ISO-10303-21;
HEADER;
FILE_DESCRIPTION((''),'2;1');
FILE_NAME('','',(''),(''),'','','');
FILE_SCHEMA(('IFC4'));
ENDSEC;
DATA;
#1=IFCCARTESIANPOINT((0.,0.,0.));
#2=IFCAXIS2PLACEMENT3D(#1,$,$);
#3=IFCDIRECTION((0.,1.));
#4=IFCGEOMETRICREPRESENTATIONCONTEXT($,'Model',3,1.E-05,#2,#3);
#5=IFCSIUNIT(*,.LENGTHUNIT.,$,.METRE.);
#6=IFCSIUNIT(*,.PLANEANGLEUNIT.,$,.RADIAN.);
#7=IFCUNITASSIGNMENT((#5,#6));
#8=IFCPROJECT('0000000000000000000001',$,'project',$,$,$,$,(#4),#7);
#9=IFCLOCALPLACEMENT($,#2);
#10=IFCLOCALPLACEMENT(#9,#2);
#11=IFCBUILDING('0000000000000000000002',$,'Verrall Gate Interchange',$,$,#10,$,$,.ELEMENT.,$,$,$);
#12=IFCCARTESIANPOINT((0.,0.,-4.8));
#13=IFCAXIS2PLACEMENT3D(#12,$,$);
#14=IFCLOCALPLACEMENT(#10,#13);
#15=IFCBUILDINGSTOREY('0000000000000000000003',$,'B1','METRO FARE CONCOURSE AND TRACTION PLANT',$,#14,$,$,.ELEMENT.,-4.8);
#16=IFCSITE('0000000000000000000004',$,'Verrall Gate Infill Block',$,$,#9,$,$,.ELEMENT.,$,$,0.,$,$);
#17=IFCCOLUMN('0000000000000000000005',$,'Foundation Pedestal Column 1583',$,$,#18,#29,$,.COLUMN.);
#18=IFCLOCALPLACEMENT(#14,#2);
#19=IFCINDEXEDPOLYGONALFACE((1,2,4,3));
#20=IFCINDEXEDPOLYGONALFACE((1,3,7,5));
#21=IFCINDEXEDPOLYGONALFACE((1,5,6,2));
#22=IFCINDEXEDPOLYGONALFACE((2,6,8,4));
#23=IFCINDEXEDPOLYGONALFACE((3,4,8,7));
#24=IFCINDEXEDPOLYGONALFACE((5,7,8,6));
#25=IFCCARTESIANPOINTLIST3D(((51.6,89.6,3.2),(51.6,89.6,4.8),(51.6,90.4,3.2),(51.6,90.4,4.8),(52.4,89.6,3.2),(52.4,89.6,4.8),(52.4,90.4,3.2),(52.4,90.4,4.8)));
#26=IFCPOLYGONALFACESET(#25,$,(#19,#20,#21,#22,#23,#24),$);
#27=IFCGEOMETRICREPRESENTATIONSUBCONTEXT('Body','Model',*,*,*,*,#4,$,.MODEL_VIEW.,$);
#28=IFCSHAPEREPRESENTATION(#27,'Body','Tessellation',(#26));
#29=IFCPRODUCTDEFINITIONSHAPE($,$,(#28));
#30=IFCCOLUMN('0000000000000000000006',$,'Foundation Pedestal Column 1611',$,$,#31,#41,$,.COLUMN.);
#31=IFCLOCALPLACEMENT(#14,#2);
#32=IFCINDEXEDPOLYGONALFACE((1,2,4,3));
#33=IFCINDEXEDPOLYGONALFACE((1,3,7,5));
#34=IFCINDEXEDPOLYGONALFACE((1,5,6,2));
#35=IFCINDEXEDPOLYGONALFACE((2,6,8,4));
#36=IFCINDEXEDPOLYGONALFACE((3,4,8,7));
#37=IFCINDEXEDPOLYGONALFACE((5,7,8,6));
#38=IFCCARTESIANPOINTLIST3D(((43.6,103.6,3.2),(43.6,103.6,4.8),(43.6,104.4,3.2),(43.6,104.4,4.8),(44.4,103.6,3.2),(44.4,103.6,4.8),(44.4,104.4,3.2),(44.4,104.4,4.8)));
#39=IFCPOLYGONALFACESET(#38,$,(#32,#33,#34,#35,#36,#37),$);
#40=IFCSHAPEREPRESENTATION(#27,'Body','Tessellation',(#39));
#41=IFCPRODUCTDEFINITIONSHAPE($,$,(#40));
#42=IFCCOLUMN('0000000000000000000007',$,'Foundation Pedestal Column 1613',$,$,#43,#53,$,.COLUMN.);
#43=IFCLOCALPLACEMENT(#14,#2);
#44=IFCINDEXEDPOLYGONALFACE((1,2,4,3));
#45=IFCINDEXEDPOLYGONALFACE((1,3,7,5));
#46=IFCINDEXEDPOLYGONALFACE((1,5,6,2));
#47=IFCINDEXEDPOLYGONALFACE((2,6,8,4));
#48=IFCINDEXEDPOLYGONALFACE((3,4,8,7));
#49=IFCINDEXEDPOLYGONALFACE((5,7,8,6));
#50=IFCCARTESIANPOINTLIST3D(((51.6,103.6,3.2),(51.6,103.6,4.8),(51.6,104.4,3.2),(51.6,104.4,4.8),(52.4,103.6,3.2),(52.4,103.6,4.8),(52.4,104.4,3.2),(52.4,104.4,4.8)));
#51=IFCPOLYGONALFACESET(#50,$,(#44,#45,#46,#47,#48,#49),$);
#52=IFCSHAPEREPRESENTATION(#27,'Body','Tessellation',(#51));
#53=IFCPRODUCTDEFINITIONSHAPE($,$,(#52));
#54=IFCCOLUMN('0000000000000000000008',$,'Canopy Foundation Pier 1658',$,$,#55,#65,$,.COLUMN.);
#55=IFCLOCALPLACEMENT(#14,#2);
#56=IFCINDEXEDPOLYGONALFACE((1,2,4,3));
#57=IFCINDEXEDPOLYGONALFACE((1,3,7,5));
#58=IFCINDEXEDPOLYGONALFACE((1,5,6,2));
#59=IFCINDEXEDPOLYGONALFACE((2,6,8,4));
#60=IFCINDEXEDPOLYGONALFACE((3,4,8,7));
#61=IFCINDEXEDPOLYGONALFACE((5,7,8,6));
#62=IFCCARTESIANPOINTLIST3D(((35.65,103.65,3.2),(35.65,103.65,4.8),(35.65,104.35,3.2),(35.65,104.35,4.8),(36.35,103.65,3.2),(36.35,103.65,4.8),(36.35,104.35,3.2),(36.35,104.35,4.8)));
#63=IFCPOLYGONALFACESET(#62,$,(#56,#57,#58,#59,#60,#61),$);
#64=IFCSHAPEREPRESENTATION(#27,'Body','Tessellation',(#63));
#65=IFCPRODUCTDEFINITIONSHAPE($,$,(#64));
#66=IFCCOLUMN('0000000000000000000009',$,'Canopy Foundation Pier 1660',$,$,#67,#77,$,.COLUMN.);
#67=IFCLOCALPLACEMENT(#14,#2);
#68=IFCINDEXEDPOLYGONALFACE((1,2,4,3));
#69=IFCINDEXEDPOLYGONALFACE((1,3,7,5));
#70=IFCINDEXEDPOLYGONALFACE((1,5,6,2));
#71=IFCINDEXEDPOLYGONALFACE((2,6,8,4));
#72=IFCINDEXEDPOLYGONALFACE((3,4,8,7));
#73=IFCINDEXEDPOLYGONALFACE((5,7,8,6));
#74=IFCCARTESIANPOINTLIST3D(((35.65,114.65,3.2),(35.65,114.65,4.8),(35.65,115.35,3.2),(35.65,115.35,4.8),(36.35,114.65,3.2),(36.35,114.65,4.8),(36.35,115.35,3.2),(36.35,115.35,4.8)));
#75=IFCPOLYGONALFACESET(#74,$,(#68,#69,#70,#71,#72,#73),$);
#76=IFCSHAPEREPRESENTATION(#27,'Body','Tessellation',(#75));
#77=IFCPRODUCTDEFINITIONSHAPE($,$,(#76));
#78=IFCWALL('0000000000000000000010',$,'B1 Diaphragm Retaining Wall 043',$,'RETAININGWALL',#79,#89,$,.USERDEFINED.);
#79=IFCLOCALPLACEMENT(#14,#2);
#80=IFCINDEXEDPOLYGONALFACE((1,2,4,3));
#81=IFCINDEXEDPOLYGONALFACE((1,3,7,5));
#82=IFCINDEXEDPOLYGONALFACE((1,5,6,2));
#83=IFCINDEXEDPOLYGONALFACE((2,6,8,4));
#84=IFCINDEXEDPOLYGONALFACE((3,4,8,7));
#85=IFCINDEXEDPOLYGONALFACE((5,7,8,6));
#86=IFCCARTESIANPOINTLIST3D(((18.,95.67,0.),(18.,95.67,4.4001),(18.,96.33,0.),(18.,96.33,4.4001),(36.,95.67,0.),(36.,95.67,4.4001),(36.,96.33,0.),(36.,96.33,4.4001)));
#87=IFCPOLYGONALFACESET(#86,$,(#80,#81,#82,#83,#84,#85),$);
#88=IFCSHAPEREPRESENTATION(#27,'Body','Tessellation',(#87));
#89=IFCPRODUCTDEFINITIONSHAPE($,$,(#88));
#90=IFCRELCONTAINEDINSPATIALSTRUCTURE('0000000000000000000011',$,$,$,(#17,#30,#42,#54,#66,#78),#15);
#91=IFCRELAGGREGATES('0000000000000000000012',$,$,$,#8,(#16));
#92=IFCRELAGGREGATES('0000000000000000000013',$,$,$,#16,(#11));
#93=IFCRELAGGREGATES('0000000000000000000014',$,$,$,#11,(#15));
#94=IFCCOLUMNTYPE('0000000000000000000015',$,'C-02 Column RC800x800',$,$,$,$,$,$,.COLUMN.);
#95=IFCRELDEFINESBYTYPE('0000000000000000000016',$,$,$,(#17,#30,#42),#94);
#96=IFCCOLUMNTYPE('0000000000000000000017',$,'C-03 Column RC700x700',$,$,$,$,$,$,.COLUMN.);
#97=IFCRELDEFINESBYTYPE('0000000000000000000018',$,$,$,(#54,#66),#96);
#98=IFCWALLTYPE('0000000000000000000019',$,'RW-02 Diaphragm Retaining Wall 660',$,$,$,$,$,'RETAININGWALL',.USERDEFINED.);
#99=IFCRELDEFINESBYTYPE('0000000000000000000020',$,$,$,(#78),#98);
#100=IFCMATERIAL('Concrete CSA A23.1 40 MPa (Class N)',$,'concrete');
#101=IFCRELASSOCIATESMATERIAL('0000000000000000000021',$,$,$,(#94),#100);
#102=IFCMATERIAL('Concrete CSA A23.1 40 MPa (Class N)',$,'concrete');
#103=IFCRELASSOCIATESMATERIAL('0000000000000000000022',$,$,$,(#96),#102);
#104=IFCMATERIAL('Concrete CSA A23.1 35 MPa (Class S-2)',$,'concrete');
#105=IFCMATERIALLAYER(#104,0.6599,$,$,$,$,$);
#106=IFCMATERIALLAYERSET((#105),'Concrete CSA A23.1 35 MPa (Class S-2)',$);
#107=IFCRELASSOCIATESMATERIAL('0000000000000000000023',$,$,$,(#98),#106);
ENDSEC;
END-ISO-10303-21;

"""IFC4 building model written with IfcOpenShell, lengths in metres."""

from ifc_helpers import new_model, si_unit, direction, frame, frame_2d, origin, origin_2d, place, context, subcontext, project, spatial, rectangle, extrude, material, layer, layer_set, material_profile, profile_set, type_object, element, save


model = new_model("IFC4")

# Units and contexts
model_context = context("Model", 3, precision=1e-05, world=origin(), true_north=direction((0.0, 1.0)))
body_context = subcontext(model_context, "Body", "Model", "MODEL_VIEW")
ifc_project = project(units=[si_unit("LENGTHUNIT", "METRE"), si_unit("PLANEANGLEUNIT", "RADIAN")], contexts=[model_context])

# Site, building, storey
site_placement = place(None, origin())
site = spatial("IfcSite", under=ifc_project, at=site_placement, Name="Verrall Gate Infill Block", CompositionType="ELEMENT", RefElevation=0.0)
building_placement = place(site_placement, origin())
building = spatial("IfcBuilding", under=site, at=building_placement, Name="Verrall Gate Interchange", CompositionType="ELEMENT")
storey_placement = place(building_placement, frame((0.0, 0.0, -4.8)))
storey = spatial("IfcBuildingStorey", under=building, at=storey_placement, Name="B1", Description="METRO FARE CONCOURSE AND TRACTION PLANT", CompositionType="ELEMENT", Elevation=-4.8)

# Columns
ifc_material_1 = material(Name="Concrete CSA A23.1 40 MPa (Class N)", Category="concrete")
ifc_material_profile_1 = material_profile(ifc_material_1, rectangle(XDim=0.8, YDim=0.8, at=origin_2d()), Name="RC800x800")
ifc_profile_set_1 = profile_set([ifc_material_profile_1], Name="Concrete CSA A23.1 40 MPa (Class N)")
column_type_1 = type_object("IfcColumnType", Name="C-02 Column RC800x800", PredefinedType="COLUMN", material=ifc_profile_set_1)
for number, where, z_axis, x_axis, name in (
    (1, (52.0, 90.0, 3.2), (0.0, 0.0, 1.0), (1.0, 0.0, 0.0), "Foundation Pedestal Column 1583"),
    (2, (44.0, 104.0, 3.2), (0.0, 0.0, 1.0), (1.0, 0.0, 0.0), "Foundation Pedestal Column 1611"),
    (3, (52.0, 104.0, 3.2), (0.0, 0.0, 1.0), (1.0, 0.0, 0.0), "Foundation Pedestal Column 1613"),
):
    element("IfcColumn", number, at=place(storey_placement, frame(where, z_axis=z_axis, x_axis=x_axis)), inside=storey, type_object=column_type_1, Name=name, PredefinedType="COLUMN", context=body_context, shape_type="SweptSolid", body=[
        extrude(rectangle(XDim=0.8, YDim=0.8, at=origin_2d()), origin(), (0.0, 0.0, 1.0), 1.6001),
    ])
ifc_material_2 = material(Name="Concrete CSA A23.1 40 MPa (Class N)", Category="concrete")
ifc_material_profile_2 = material_profile(ifc_material_2, rectangle(XDim=0.7, YDim=0.7, at=origin_2d()), Name="RC700x700")
ifc_profile_set_2 = profile_set([ifc_material_profile_2], Name="Concrete CSA A23.1 40 MPa (Class N)")
column_type_2 = type_object("IfcColumnType", Name="C-03 Column RC700x700", PredefinedType="COLUMN", material=ifc_profile_set_2)
for number, where, z_axis, x_axis, name in (
    (4, (36.0, 104.0, 3.2), (0.0, 0.0, 1.0), (1.0, 0.0, 0.0), "Canopy Foundation Pier 1658"),
    (5, (36.0, 115.0, 3.2), (0.0, 0.0, 1.0), (1.0, 0.0, 0.0), "Canopy Foundation Pier 1660"),
):
    element("IfcColumn", number, at=place(storey_placement, frame(where, z_axis=z_axis, x_axis=x_axis)), inside=storey, type_object=column_type_2, Name=name, PredefinedType="COLUMN", context=body_context, shape_type="SweptSolid", body=[
        extrude(rectangle(XDim=0.7, YDim=0.7, at=origin_2d()), origin(), (0.0, 0.0, 1.0), 1.6001),
    ])

# Wall
ifc_material_3 = material(Name="Concrete CSA A23.1 35 MPa (Class S-2)", Category="concrete")
ifc_layer = layer(ifc_material_3, 0.6599)
ifc_layer_set = layer_set([ifc_layer], Name="Concrete CSA A23.1 35 MPa (Class S-2)")
wall_type = type_object("IfcWallType", Name="RW-02 Diaphragm Retaining Wall 660", ElementType="RETAININGWALL", PredefinedType="USERDEFINED", material=ifc_layer_set)
wall_placement = place(storey_placement, frame((36.0, 96.0, 0.0), z_axis=(0.0, 0.0, 1.0), x_axis=(-1.0, 0.0, 0.0)))
element("IfcWall", 6, at=wall_placement, inside=storey, type_object=wall_type, Name="B1 Diaphragm Retaining Wall 043", ObjectType="RETAININGWALL", PredefinedType="USERDEFINED", context=body_context, shape_type="SweptSolid", body=[
    extrude(rectangle(XDim=18.0, YDim=0.6599, at=frame_2d((9.0, 0.0))), origin(), (0.0, 0.0, 1.0), 4.4001),
])

save(model, "model.ifc")
